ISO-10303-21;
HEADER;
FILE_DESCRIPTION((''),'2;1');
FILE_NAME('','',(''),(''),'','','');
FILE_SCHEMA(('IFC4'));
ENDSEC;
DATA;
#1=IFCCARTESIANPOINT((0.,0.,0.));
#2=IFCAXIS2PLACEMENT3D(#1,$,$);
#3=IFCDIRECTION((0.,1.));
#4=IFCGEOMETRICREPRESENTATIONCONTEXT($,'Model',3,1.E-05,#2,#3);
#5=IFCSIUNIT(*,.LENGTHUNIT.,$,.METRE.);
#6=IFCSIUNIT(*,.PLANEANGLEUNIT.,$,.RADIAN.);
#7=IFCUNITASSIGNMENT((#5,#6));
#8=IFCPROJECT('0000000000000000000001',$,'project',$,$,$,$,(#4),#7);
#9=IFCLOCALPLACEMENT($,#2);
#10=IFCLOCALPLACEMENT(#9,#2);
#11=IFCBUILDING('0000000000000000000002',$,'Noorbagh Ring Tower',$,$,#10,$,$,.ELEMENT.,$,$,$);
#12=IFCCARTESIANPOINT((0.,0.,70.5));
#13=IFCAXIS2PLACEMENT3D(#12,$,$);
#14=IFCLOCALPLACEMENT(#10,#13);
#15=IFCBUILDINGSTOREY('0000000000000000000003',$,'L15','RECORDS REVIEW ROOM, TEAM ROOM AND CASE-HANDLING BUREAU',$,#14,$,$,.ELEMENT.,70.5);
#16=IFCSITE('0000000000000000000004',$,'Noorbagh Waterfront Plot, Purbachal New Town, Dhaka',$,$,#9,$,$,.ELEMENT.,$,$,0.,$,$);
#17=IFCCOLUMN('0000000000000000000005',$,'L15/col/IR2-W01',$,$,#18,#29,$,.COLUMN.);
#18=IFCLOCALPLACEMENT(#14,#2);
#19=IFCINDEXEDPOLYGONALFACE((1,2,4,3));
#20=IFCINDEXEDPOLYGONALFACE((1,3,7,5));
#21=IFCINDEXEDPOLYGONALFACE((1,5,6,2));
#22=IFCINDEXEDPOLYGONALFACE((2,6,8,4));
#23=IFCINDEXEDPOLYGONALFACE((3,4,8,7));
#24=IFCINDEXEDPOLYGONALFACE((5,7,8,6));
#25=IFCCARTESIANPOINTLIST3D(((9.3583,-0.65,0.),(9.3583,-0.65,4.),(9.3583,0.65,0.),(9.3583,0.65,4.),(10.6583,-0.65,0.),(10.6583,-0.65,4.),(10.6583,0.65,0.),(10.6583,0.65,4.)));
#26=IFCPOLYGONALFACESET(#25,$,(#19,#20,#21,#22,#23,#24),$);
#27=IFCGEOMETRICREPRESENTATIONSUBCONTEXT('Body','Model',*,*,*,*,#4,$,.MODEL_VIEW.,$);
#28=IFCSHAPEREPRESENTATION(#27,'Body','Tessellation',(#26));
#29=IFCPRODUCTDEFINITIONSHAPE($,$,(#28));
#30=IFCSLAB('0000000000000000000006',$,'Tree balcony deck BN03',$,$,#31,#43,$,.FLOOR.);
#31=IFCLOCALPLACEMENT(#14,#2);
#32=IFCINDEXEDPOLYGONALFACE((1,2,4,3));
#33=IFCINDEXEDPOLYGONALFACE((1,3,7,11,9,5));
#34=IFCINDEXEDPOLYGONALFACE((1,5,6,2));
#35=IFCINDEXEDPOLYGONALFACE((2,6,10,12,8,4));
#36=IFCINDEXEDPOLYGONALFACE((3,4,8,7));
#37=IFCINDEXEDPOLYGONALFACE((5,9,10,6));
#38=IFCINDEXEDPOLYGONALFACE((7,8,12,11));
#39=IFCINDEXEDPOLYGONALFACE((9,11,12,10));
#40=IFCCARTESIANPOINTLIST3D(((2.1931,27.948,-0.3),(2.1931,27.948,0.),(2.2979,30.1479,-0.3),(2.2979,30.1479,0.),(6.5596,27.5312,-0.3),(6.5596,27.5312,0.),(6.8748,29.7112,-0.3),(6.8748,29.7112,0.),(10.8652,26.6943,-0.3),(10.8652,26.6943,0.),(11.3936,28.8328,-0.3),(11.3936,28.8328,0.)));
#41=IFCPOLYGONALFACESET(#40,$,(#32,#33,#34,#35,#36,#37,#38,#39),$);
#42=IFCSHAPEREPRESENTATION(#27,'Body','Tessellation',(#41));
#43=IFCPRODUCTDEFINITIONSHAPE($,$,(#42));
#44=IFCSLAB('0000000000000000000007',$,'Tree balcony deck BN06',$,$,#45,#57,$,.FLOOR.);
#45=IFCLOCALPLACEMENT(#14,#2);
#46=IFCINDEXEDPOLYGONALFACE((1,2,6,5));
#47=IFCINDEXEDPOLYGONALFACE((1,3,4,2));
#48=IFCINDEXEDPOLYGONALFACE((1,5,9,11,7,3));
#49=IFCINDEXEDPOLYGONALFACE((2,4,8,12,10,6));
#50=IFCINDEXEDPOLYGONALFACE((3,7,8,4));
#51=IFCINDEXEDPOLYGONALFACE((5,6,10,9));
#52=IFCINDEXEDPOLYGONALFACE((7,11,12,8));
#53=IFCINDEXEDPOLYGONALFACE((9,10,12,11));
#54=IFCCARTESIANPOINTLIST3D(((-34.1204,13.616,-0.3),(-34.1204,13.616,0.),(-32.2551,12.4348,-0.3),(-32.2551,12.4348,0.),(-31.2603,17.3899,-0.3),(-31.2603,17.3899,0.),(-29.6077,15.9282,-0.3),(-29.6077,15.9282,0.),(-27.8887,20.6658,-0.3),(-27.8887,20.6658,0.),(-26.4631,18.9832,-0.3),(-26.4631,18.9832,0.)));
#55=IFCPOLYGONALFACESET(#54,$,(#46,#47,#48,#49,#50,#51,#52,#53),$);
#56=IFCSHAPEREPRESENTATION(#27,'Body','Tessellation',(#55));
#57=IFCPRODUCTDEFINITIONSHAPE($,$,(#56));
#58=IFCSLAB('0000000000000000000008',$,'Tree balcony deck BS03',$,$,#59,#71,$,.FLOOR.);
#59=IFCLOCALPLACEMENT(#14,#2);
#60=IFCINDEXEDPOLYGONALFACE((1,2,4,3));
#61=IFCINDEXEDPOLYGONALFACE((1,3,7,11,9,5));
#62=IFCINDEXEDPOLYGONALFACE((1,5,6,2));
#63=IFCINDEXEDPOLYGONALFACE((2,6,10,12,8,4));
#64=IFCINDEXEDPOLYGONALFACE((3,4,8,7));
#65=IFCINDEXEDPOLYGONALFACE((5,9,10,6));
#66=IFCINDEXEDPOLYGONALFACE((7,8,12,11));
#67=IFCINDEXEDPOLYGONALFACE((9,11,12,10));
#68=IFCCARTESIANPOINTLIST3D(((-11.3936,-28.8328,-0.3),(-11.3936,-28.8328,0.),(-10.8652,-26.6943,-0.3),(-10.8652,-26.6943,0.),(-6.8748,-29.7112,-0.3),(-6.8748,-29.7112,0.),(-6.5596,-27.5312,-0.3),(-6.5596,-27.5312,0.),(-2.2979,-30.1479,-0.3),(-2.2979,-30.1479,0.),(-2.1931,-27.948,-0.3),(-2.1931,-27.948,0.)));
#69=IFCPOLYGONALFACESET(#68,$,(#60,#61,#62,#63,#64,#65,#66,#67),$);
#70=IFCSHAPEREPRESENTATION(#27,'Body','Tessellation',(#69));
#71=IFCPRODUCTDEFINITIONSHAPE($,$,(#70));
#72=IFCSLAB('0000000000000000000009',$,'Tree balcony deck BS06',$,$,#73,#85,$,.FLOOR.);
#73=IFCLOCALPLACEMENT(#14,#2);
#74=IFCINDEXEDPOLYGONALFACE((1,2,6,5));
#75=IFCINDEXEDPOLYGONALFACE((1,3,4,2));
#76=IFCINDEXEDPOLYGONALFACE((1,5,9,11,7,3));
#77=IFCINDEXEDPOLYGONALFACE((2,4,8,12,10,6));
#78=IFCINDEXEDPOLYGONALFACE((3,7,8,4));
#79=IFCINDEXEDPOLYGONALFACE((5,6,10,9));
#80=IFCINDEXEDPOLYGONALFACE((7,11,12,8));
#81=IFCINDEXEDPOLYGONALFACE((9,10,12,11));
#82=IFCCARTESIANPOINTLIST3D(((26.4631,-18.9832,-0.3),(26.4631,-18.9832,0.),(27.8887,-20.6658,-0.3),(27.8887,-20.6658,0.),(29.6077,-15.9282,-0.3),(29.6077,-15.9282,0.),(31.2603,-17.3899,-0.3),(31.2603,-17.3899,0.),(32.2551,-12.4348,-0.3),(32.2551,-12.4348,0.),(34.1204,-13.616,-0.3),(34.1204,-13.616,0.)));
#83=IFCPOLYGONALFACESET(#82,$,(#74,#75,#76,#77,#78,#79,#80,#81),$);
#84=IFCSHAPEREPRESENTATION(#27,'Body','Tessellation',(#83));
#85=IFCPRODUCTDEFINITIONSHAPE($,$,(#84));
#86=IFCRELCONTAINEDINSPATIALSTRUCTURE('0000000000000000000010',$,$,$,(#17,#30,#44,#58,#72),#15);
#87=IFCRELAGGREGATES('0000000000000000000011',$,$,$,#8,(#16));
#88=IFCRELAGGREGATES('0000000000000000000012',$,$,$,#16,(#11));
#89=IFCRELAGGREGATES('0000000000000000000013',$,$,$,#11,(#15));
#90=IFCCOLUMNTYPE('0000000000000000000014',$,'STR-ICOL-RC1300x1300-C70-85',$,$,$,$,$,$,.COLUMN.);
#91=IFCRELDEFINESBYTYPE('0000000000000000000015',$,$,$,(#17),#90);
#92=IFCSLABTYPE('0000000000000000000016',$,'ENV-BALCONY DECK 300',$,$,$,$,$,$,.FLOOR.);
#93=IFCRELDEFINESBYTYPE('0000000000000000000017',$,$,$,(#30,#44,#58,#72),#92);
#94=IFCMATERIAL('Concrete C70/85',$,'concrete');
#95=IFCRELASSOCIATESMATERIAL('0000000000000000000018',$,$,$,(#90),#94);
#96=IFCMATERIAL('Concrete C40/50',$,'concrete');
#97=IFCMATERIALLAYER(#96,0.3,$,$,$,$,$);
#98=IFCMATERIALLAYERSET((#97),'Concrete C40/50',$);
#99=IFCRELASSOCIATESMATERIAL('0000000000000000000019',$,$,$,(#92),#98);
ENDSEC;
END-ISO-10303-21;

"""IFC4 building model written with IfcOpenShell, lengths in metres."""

from ifc_helpers import new_model, si_unit, direction, frame, origin, origin_2d, place, context, subcontext, project, spatial, polyline, rectangle, outline, extrude, material, layer, layer_set, material_profile, profile_set, type_object, element, save


model = new_model("IFC4")

# Units and contexts
model_context = context("Model", 3, precision=1e-05, world=origin(), true_north=direction((0.0, 1.0)))
body_context = subcontext(model_context, "Body", "Model", "MODEL_VIEW")
ifc_project = project(units=[si_unit("LENGTHUNIT", "METRE"), si_unit("PLANEANGLEUNIT", "RADIAN")], contexts=[model_context])

# Site, building, storey
site_placement = place(None, origin())
site = spatial("IfcSite", under=ifc_project, at=site_placement, Name="Noorbagh Waterfront Plot, Purbachal New Town, Dhaka", CompositionType="ELEMENT", RefElevation=0.0)
building_placement = place(site_placement, origin())
building = spatial("IfcBuilding", under=site, at=building_placement, Name="Noorbagh Ring Tower", CompositionType="ELEMENT")
storey_placement = place(building_placement, frame((0.0, 0.0, 70.5)))
storey = spatial("IfcBuildingStorey", under=building, at=storey_placement, Name="L15", Description="RECORDS REVIEW ROOM, TEAM ROOM AND CASE-HANDLING BUREAU", CompositionType="ELEMENT", Elevation=70.5)

# Column
ifc_material_1 = material(Name="Concrete C70/85", Category="concrete")
ifc_material_profile = material_profile(ifc_material_1, rectangle(XDim=1.3, YDim=1.3, at=origin_2d()), Name="RC1300x1300")
ifc_profile_set = profile_set([ifc_material_profile], Name="Concrete C70/85")
column_type = type_object("IfcColumnType", Name="STR-ICOL-RC1300x1300-C70-85", PredefinedType="COLUMN", material=ifc_profile_set)
column_placement = place(storey_placement, frame((10.0083, 0.0, 0.0), z_axis=(0.0, 0.0, 1.0), x_axis=(0.0, 1.0, 0.0)))
element("IfcColumn", 1, at=column_placement, inside=storey, type_object=column_type, Name="L15/col/IR2-W01", PredefinedType="COLUMN", context=body_context, shape_type="SweptSolid", body=[
    extrude(rectangle(XDim=1.3, YDim=1.3, at=origin_2d()), origin(), (0.0, 0.0, 1.0), 4.0),
])

# Slabs
ifc_material_2 = material(Name="Concrete C40/50", Category="concrete")
ifc_layer = layer(ifc_material_2, 0.3)
ifc_layer_set = layer_set([ifc_layer], Name="Concrete C40/50")
slab_type = type_object("IfcSlabType", Name="ENV-BALCONY DECK 300", PredefinedType="FLOOR", material=ifc_layer_set)
slab_1_placement = place(storey_placement, frame((0.0, 0.0, -0.3)))
element("IfcSlab", 2, at=slab_1_placement, inside=storey, type_object=slab_type, Name="Tree balcony deck BN03", PredefinedType="FLOOR", context=body_context, shape_type="SweptSolid", body=[
    extrude(outline(polyline([(11.3936, 28.8328), (6.8748, 29.7112), (2.2979, 30.1479), (2.1931, 27.948), (6.5596, 27.5312), (10.8652, 26.6943), (11.3936, 28.8328)])), origin(), (0.0, 0.0, 1.0), 0.3),
])
slab_2_placement = place(storey_placement, frame((0.0, 0.0, -0.3)))
element("IfcSlab", 3, at=slab_2_placement, inside=storey, type_object=slab_type, Name="Tree balcony deck BN06", PredefinedType="FLOOR", context=body_context, shape_type="SweptSolid", body=[
    extrude(outline(polyline([(-27.8887, 20.6658), (-31.2603, 17.3899), (-34.1204, 13.616), (-32.2551, 12.4348), (-29.6077, 15.9282), (-26.4631, 18.9832), (-27.8887, 20.6658)])), origin(), (0.0, 0.0, 1.0), 0.3),
])
slab_3_placement = place(storey_placement, frame((0.0, 0.0, -0.3)))
element("IfcSlab", 4, at=slab_3_placement, inside=storey, type_object=slab_type, Name="Tree balcony deck BS03", PredefinedType="FLOOR", context=body_context, shape_type="SweptSolid", body=[
    extrude(outline(polyline([(-11.3936, -28.8328), (-6.8748, -29.7112), (-2.2979, -30.1479), (-2.1931, -27.948), (-6.5596, -27.5312), (-10.8652, -26.6943), (-11.3936, -28.8328)])), origin(), (0.0, 0.0, 1.0), 0.3),
])
slab_4_placement = place(storey_placement, frame((0.0, 0.0, -0.3)))
element("IfcSlab", 5, at=slab_4_placement, inside=storey, type_object=slab_type, Name="Tree balcony deck BS06", PredefinedType="FLOOR", context=body_context, shape_type="SweptSolid", body=[
    extrude(outline(polyline([(27.8887, -20.6658), (31.2603, -17.3899), (34.1204, -13.616), (32.2551, -12.4348), (29.6077, -15.9282), (26.4631, -18.9832), (27.8887, -20.6658)])), origin(), (0.0, 0.0, 1.0), 0.3),
])

save(model, "model.ifc")
